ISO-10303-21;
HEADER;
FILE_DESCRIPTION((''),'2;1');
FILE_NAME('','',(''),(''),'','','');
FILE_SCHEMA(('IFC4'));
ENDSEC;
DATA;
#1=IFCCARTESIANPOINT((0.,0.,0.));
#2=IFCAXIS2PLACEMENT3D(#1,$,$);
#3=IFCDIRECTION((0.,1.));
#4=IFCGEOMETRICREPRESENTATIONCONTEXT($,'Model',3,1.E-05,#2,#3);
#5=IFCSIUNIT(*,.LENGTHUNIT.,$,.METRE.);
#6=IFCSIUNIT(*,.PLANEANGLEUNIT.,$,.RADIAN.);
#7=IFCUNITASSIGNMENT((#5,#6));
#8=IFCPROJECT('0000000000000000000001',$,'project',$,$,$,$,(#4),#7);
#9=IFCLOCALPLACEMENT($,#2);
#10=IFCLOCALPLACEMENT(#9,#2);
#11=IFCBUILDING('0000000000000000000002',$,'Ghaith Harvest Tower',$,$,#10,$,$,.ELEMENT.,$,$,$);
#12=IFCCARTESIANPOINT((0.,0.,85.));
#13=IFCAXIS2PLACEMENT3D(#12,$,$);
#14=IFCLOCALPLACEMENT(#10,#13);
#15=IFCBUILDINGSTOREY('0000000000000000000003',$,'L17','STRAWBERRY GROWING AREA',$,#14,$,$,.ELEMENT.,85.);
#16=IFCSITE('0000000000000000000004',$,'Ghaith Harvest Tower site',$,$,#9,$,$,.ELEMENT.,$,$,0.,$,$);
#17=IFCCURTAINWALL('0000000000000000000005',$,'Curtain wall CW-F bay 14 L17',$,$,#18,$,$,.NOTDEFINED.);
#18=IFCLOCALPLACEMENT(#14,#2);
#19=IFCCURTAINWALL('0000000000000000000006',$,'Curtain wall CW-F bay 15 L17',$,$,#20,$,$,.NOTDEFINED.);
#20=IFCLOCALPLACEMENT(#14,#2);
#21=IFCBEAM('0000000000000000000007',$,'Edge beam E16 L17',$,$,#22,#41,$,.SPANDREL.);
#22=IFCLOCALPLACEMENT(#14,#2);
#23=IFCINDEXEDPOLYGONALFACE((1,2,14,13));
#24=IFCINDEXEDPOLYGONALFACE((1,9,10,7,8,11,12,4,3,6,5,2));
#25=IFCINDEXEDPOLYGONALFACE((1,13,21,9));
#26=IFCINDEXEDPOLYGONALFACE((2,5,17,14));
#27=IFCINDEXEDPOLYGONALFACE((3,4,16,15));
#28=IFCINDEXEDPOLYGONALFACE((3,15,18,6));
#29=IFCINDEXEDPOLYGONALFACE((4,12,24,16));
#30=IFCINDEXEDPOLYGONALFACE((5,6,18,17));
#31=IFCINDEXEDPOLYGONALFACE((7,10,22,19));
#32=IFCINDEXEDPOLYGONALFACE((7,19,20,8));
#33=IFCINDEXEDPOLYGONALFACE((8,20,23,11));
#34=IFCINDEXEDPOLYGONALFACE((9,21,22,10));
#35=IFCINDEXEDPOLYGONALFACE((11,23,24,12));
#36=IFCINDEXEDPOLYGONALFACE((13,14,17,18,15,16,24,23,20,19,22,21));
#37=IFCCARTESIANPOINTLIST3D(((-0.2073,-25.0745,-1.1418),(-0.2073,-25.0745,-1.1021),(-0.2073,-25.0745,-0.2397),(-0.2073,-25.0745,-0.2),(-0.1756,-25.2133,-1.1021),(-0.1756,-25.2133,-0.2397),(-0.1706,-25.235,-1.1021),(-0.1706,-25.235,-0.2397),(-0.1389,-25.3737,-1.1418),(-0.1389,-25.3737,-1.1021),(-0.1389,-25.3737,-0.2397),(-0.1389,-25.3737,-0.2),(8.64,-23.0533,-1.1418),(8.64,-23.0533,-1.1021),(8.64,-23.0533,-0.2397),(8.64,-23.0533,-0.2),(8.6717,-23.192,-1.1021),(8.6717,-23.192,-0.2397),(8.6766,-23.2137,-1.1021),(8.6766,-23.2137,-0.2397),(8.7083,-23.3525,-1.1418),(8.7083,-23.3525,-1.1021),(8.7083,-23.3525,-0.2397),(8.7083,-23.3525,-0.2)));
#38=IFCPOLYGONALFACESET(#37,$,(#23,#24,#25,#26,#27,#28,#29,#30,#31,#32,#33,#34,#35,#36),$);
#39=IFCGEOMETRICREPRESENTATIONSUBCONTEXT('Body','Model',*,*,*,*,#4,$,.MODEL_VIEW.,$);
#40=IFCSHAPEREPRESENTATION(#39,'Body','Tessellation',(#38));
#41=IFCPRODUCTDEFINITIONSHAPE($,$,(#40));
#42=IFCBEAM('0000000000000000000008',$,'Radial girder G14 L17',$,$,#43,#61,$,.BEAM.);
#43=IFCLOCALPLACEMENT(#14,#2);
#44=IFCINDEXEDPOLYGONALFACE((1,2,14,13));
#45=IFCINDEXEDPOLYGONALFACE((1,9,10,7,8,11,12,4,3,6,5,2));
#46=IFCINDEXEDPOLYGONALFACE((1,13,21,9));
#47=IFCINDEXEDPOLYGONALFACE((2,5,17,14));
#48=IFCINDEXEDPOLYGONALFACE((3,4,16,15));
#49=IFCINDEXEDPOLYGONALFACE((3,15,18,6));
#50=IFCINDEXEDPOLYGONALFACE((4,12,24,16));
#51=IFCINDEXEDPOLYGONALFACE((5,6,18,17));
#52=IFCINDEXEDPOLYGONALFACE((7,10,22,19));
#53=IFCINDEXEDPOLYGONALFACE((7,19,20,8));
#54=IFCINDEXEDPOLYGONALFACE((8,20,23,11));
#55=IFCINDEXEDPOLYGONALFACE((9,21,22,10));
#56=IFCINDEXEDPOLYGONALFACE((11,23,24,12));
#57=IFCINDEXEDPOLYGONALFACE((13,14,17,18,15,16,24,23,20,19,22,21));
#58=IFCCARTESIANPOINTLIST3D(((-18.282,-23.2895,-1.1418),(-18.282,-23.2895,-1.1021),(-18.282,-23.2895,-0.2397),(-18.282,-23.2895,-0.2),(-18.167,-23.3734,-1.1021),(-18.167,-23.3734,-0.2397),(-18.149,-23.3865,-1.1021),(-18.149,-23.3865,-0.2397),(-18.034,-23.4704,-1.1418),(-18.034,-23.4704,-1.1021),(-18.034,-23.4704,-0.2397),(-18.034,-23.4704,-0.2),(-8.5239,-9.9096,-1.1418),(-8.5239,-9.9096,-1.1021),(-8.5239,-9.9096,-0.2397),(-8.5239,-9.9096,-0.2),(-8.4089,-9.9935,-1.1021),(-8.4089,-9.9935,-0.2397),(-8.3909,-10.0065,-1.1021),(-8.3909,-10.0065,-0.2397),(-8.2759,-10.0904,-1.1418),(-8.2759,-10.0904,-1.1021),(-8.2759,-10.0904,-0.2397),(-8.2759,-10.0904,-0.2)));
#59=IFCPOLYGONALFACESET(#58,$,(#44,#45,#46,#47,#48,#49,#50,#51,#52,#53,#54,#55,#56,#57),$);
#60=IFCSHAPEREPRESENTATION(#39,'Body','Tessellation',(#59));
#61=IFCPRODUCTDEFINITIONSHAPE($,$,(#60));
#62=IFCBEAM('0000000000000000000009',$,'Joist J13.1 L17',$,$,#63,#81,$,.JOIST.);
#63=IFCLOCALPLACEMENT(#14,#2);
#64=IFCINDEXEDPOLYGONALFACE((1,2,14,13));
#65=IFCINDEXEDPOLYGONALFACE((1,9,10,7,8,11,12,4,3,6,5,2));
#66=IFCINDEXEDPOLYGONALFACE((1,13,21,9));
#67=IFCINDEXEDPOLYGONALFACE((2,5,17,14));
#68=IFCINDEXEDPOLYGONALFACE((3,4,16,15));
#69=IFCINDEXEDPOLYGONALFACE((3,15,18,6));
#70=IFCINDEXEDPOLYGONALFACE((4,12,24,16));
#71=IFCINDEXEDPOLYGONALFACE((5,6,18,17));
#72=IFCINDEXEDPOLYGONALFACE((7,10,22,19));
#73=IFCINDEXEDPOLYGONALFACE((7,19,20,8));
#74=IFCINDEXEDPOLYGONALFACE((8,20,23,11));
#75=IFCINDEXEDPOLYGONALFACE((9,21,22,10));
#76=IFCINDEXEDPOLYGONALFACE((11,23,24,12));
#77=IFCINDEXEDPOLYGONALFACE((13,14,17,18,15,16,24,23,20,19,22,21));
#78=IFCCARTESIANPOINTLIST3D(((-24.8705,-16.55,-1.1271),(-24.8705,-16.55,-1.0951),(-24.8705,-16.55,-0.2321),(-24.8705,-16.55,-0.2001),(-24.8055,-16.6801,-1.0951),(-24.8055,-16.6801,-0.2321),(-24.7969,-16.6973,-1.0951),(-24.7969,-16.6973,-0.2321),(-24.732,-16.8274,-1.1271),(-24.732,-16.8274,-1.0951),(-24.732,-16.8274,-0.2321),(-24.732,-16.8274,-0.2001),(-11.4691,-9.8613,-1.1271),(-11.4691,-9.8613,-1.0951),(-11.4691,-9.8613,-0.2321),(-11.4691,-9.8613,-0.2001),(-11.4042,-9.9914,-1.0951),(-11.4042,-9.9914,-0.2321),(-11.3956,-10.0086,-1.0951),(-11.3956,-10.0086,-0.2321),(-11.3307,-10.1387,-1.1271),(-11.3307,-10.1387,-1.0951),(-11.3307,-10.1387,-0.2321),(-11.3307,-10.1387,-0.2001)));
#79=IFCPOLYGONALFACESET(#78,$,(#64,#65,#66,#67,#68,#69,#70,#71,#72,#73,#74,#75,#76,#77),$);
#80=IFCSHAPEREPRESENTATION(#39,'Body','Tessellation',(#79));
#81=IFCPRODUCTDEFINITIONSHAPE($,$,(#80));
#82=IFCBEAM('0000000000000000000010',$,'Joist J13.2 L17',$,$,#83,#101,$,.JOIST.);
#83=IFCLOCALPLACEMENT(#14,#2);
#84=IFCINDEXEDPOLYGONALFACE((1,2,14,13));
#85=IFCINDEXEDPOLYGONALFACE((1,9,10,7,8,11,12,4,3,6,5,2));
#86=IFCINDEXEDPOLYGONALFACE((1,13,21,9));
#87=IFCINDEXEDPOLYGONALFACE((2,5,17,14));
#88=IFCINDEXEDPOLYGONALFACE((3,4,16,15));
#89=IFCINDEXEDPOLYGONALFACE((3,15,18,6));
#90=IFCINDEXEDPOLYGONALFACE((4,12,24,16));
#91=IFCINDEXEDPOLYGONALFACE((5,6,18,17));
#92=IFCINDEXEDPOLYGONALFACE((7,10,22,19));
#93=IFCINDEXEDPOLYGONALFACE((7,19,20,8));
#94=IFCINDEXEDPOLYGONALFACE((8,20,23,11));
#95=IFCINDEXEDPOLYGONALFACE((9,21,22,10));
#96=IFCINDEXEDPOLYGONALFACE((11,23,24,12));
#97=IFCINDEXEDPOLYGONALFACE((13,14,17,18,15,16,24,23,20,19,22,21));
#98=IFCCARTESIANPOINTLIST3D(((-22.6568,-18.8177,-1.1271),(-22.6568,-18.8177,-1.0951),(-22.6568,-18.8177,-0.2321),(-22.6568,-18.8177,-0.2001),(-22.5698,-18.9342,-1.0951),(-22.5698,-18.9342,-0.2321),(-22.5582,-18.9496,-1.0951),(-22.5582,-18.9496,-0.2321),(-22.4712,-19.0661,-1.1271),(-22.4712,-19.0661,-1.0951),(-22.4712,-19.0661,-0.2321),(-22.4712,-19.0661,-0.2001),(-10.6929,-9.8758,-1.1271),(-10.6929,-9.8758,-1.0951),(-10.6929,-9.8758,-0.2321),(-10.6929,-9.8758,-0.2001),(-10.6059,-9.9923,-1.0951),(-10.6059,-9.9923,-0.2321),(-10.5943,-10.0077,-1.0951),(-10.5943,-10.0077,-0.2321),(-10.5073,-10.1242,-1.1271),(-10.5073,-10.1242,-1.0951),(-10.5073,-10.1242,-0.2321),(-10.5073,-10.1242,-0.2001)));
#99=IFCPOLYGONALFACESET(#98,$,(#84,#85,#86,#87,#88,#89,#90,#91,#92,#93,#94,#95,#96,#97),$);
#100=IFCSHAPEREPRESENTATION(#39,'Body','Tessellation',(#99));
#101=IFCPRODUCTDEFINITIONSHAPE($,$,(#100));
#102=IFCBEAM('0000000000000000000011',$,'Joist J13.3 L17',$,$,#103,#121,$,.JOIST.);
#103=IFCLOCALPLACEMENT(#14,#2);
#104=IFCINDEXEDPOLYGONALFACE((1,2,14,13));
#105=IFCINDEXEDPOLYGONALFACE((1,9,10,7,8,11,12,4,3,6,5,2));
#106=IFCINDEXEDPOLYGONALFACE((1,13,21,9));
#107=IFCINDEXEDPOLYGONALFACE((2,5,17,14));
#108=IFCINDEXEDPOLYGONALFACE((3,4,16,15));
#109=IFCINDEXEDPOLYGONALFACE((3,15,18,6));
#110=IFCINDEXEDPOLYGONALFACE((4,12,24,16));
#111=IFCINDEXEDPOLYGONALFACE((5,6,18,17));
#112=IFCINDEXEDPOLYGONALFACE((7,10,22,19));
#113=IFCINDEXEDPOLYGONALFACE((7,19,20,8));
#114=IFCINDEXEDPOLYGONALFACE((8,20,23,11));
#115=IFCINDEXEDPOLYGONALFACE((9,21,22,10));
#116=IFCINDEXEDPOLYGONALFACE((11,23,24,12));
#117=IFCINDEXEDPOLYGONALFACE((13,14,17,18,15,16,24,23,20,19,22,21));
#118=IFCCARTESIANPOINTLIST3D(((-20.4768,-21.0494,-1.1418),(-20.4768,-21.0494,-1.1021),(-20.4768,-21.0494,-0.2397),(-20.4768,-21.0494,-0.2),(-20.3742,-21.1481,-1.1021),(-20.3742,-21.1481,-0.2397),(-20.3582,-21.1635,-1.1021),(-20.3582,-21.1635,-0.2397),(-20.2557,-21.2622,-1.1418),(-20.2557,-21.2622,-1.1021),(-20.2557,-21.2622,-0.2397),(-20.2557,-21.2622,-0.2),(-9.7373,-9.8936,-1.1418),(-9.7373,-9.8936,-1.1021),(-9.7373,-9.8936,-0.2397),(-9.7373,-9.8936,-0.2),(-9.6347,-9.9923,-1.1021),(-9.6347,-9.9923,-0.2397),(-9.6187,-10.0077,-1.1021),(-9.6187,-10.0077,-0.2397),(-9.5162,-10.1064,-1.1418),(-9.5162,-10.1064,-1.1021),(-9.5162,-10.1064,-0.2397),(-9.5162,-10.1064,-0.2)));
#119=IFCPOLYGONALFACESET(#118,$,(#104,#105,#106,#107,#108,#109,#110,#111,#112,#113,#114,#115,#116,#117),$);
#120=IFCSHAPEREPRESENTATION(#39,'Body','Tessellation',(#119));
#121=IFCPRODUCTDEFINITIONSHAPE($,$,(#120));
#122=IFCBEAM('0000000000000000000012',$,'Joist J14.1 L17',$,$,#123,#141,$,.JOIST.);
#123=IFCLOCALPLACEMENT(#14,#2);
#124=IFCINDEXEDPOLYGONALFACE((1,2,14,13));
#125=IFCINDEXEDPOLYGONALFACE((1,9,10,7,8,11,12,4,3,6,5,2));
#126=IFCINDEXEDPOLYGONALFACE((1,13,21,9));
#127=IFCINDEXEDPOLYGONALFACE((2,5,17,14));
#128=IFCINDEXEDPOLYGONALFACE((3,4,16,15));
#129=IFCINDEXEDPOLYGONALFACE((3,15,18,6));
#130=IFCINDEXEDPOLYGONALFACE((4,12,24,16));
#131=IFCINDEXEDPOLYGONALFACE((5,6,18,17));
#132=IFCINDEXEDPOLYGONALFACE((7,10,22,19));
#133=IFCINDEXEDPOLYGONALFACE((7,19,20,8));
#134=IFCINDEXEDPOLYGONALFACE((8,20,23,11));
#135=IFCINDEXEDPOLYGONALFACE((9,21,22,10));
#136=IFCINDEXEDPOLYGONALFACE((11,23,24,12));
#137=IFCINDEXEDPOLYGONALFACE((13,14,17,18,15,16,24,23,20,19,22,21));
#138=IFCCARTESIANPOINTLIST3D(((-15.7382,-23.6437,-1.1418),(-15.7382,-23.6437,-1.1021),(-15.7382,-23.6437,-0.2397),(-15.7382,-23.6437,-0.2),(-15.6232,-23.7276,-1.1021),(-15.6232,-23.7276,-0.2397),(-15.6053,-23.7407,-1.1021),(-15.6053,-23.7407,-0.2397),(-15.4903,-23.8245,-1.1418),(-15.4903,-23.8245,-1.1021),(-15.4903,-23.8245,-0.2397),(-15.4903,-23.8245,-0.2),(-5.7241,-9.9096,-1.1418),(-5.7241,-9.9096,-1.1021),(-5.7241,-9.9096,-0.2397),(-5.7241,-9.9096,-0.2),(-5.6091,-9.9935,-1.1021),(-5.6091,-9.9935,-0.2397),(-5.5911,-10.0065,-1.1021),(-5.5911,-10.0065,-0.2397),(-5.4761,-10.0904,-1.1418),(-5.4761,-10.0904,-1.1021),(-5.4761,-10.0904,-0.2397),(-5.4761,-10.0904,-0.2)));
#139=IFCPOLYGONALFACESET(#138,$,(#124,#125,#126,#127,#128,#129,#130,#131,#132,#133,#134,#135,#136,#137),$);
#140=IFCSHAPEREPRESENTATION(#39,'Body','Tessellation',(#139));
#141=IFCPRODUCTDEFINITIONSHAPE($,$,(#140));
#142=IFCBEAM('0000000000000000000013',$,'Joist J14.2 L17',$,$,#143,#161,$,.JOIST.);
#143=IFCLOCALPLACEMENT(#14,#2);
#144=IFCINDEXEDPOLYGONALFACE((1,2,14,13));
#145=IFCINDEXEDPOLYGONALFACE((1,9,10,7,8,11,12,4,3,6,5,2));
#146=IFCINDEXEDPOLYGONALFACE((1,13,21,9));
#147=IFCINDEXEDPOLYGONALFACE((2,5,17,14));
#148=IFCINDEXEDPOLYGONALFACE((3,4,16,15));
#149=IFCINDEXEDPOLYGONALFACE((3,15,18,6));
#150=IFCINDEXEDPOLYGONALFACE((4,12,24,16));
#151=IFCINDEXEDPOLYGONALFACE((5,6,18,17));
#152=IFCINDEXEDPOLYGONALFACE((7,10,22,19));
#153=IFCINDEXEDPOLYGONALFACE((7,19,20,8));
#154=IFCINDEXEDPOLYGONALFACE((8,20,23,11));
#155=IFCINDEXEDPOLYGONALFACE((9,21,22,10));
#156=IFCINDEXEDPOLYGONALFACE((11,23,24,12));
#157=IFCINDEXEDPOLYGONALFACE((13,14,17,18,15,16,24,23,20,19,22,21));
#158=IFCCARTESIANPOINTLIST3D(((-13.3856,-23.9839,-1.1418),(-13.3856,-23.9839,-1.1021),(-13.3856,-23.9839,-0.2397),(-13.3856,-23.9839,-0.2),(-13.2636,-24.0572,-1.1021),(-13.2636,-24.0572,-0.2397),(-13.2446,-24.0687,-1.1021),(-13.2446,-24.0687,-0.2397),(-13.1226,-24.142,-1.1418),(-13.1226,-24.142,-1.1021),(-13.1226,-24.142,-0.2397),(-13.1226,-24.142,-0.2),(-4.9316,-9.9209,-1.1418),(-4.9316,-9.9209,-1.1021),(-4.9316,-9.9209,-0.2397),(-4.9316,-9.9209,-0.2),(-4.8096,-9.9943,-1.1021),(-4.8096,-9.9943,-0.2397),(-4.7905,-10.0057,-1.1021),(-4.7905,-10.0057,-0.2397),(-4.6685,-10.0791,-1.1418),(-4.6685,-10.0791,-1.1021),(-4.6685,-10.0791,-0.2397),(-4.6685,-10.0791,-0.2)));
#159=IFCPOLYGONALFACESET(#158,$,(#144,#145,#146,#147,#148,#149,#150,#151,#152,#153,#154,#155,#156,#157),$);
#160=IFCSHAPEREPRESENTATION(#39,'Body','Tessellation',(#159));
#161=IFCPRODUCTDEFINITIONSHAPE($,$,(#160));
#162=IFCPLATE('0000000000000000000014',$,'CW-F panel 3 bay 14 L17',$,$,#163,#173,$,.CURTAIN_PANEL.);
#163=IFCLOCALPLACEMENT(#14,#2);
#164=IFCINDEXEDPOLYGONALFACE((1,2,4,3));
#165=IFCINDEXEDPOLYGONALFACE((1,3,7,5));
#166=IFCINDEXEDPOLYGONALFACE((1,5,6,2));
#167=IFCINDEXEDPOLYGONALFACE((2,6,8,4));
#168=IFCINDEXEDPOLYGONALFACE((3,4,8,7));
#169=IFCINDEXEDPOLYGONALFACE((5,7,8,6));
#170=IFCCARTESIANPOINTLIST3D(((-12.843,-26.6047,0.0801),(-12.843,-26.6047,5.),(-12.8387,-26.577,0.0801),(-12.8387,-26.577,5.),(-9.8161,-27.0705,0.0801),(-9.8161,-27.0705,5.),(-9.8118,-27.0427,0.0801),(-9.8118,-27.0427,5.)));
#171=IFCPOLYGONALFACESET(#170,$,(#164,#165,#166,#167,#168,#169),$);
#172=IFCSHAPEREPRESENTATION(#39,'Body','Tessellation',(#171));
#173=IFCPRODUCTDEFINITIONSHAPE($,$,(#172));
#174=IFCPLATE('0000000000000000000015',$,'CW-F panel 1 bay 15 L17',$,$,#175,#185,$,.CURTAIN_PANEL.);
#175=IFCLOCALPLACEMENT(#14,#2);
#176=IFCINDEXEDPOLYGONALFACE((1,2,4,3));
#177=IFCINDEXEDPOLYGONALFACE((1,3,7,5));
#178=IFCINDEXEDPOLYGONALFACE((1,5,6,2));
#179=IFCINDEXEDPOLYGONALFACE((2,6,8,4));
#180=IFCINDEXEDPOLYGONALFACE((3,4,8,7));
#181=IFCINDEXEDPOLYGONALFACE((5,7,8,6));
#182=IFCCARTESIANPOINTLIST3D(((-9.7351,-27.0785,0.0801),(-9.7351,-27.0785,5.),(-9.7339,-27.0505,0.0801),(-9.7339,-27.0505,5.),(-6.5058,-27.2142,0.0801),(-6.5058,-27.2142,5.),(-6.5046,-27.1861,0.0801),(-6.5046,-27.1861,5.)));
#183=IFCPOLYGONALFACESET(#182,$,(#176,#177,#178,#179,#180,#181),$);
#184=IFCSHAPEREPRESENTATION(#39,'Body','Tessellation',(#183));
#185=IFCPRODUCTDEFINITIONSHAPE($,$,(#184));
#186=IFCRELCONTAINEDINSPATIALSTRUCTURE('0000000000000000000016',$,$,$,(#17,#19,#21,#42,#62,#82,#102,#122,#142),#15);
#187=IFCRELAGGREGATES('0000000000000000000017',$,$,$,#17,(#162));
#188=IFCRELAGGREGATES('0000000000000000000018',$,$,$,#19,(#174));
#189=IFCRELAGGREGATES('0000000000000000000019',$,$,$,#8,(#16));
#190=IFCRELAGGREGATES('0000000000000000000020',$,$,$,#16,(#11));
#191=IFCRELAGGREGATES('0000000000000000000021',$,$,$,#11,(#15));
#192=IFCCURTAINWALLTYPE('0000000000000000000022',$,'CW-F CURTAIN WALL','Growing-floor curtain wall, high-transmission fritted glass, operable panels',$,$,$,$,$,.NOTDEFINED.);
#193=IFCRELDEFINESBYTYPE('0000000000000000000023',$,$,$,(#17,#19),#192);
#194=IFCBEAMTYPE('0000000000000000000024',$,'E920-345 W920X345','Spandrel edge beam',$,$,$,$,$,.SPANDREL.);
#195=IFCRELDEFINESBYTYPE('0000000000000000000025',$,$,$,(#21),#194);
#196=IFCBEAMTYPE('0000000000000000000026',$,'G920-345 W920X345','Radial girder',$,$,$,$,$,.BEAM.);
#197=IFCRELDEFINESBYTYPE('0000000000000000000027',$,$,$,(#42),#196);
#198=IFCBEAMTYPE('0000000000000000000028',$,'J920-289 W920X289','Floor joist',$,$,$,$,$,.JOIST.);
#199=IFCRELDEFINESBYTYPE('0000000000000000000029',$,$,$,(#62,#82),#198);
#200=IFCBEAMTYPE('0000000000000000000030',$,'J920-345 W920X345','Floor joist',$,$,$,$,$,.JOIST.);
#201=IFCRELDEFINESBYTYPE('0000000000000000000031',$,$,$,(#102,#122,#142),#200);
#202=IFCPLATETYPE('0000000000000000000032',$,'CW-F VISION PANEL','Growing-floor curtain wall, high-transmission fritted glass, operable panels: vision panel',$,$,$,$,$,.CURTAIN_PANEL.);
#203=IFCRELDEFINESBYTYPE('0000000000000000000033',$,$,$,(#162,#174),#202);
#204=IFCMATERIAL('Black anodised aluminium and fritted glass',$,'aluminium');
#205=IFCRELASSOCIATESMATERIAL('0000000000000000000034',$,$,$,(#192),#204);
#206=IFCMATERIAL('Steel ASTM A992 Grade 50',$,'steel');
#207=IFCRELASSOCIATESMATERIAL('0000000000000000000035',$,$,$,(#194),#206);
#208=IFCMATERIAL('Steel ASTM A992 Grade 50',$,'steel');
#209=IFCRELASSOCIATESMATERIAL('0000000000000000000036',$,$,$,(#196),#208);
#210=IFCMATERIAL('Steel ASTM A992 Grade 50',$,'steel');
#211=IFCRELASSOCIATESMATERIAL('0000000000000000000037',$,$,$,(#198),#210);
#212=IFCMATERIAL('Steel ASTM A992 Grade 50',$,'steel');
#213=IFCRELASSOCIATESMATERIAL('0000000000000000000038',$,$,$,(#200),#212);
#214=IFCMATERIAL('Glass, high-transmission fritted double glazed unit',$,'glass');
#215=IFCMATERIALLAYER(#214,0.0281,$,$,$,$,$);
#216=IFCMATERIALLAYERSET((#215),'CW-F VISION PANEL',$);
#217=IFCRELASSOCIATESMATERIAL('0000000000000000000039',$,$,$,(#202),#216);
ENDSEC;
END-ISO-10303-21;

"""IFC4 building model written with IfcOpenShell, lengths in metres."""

from ifc_helpers import new_model, si_unit, direction, frame, origin, origin_2d, place, context, subcontext, project, spatial, rectangle, i_section, extrude, material, layer, layer_set, material_profile, profile_set, type_object, element, aggregate, save


model = new_model("IFC4")

# Units and contexts
model_context = context("Model", 3, precision=1e-05, world=origin(), true_north=direction((0.0, 1.0)))
body_context = subcontext(model_context, "Body", "Model", "MODEL_VIEW")
ifc_project = project(units=[si_unit("LENGTHUNIT", "METRE"), si_unit("PLANEANGLEUNIT", "RADIAN")], contexts=[model_context])

# Site, building, storey
site_placement = place(None, origin())
site = spatial("IfcSite", under=ifc_project, at=site_placement, Name="Ghaith Harvest Tower site", CompositionType="ELEMENT", RefElevation=0.0)
building_placement = place(site_placement, origin())
building = spatial("IfcBuilding", under=site, at=building_placement, Name="Ghaith Harvest Tower", CompositionType="ELEMENT")
storey_placement = place(building_placement, frame((0.0, 0.0, 85.0)))
storey = spatial("IfcBuildingStorey", under=building, at=storey_placement, Name="L17", Description="STRAWBERRY GROWING AREA", CompositionType="ELEMENT", Elevation=85.0)

# Curtain wall
ifc_material_1 = material(Name="Black anodised aluminium and fritted glass", Category="aluminium")
curtain_wall_type = type_object("IfcCurtainWallType", Name="CW-F CURTAIN WALL", Description="Growing-floor curtain wall, high-transmission fritted glass, operable panels", PredefinedType="NOTDEFINED", material=ifc_material_1)
curtain_wall_1_placement = place(storey_placement, origin())
curtain_wall_1 = element("IfcCurtainWall", 1, at=curtain_wall_1_placement, inside=storey, type_object=curtain_wall_type, Name="Curtain wall CW-F bay 14 L17", PredefinedType="NOTDEFINED")

# Curtain wall
curtain_wall_2_placement = place(storey_placement, origin())
curtain_wall_2 = element("IfcCurtainWall", 2, at=curtain_wall_2_placement, inside=storey, type_object=curtain_wall_type, Name="Curtain wall CW-F bay 15 L17", PredefinedType="NOTDEFINED")

# Beams
ifc_material_2 = material(Name="Steel ASTM A992 Grade 50", Category="steel")
ifc_material_profile_1 = material_profile(ifc_material_2, i_section(OverallWidth=0.3069, OverallDepth=0.9419, WebThickness=0.0222, FlangeThickness=0.0398, at=origin_2d()), Name="W920X345")
ifc_profile_set_1 = profile_set([ifc_material_profile_1], Name="Steel ASTM A992 Grade 50")
beam_type_1 = type_object("IfcBeamType", Name="E920-345 W920X345", Description="Spandrel edge beam", PredefinedType="SPANDREL", material=ifc_profile_set_1)
beam_1_placement = place(storey_placement, frame((-0.1731, -25.2241, -0.6709), z_axis=(0.974882, 0.222723, 0.0), x_axis=(-0.222723, 0.974882, 0.0)))
element("IfcBeam", 3, at=beam_1_placement, inside=storey, type_object=beam_type_1, Name="Edge beam E16 L17", PredefinedType="SPANDREL", context=body_context, shape_type="SweptSolid", body=[
    extrude(i_section(OverallWidth=0.3069, OverallDepth=0.9419, WebThickness=0.0222, FlangeThickness=0.0398, at=origin_2d()), origin(), (0.0, 0.0, 1.0), 9.0752),
])
ifc_material_3 = material(Name="Steel ASTM A992 Grade 50", Category="steel")
ifc_material_profile_2 = material_profile(ifc_material_3, i_section(OverallWidth=0.3069, OverallDepth=0.9419, WebThickness=0.0222, FlangeThickness=0.0398, at=origin_2d()), Name="W920X345")
ifc_profile_set_2 = profile_set([ifc_material_profile_2], Name="Steel ASTM A992 Grade 50")
beam_type_2 = type_object("IfcBeamType", Name="G920-345 W920X345", Description="Radial girder", PredefinedType="BEAM", material=ifc_profile_set_2)
beam_2_placement = place(storey_placement, frame((-8.3999, -10.0, -0.6709), z_axis=(-0.589247, -0.807953, 0.0), x_axis=(0.807953, -0.589247, 0.0)))
element("IfcBeam", 4, at=beam_2_placement, inside=storey, type_object=beam_type_2, Name="Radial girder G14 L17", PredefinedType="BEAM", context=body_context, shape_type="SweptSolid", body=[
    extrude(i_section(OverallWidth=0.3069, OverallDepth=0.9419, WebThickness=0.0222, FlangeThickness=0.0398, at=origin_2d()), origin(), (0.0, 0.0, 1.0), 16.5603),
])
ifc_material_4 = material(Name="Steel ASTM A992 Grade 50", Category="steel")
ifc_material_profile_3 = material_profile(ifc_material_4, i_section(OverallWidth=0.3101, OverallDepth=0.927, WebThickness=0.0193, FlangeThickness=0.032, at=origin_2d()), Name="W920X289")
ifc_profile_set_3 = profile_set([ifc_material_profile_3], Name="Steel ASTM A992 Grade 50")
beam_type_3 = type_object("IfcBeamType", Name="J920-289 W920X289", Description="Floor joist", PredefinedType="JOIST", material=ifc_profile_set_3)
beam_3_placement = place(storey_placement, frame((-11.3999, -10.0, -0.6636), z_axis=(-0.894746, -0.446575, 0.0), x_axis=(0.446575, -0.894746, 0.0)))
element("IfcBeam", 5, at=beam_3_placement, inside=storey, type_object=beam_type_3, Name="Joist J13.1 L17", PredefinedType="JOIST", context=body_context, shape_type="SweptSolid", body=[
    extrude(i_section(OverallWidth=0.3101, OverallDepth=0.927, WebThickness=0.0193, FlangeThickness=0.032, at=origin_2d()), origin(), (0.0, 0.0, 1.0), 14.9778),
])
beam_4_placement = place(storey_placement, frame((-10.6001, -10.0, -0.6636), z_axis=(-0.800995, -0.598671, 0.0), x_axis=(0.598671, -0.800995, 0.0)))
element("IfcBeam", 6, at=beam_4_placement, inside=storey, type_object=beam_type_3, Name="Joist J13.2 L17", PredefinedType="JOIST", context=body_context, shape_type="SweptSolid", body=[
    extrude(i_section(OverallWidth=0.3101, OverallDepth=0.927, WebThickness=0.0193, FlangeThickness=0.032, at=origin_2d()), origin(), (0.0, 0.0, 1.0), 14.9363),
])
ifc_material_5 = material(Name="Steel ASTM A992 Grade 50", Category="steel")
ifc_material_profile_4 = material_profile(ifc_material_5, i_section(OverallWidth=0.3069, OverallDepth=0.9419, WebThickness=0.0222, FlangeThickness=0.0398, at=origin_2d()), Name="W920X345")
ifc_profile_set_4 = profile_set([ifc_material_profile_4], Name="Steel ASTM A992 Grade 50")
beam_type_4 = type_object("IfcBeamType", Name="J920-345 W920X345", Description="Floor joist", PredefinedType="JOIST", material=ifc_profile_set_4)
beam_5_placement = place(storey_placement, frame((-9.6267, -10.0, -0.6709), z_axis=(-0.693538, -0.72042, 0.0), x_axis=(0.72042, -0.693538, 0.0)))
element("IfcBeam", 7, at=beam_5_placement, inside=storey, type_object=beam_type_4, Name="Joist J13.3 L17", PredefinedType="JOIST", context=body_context, shape_type="SweptSolid", body=[
    extrude(i_section(OverallWidth=0.3069, OverallDepth=0.9419, WebThickness=0.0222, FlangeThickness=0.0398, at=origin_2d()), origin(), (0.0, 0.0, 1.0), 15.4851),
])
beam_6_placement = place(storey_placement, frame((-5.6001, -10.0, -0.6709), z_axis=(-0.58916, -0.808016, 0.0), x_axis=(0.808016, -0.58916, 0.0)))
element("IfcBeam", 8, at=beam_6_placement, inside=storey, type_object=beam_type_4, Name="Joist J14.1 L17", PredefinedType="JOIST", context=body_context, shape_type="SweptSolid", body=[
    extrude(i_section(OverallWidth=0.3069, OverallDepth=0.9419, WebThickness=0.0222, FlangeThickness=0.0398, at=origin_2d()), origin(), (0.0, 0.0, 1.0), 16.9973),
])
beam_7_placement = place(storey_placement, frame((-4.8, -10.0, -0.6709), z_axis=(-0.515226, -0.857054, 0.0), x_axis=(0.857054, -0.515226, 0.0)))
element("IfcBeam", 9, at=beam_7_placement, inside=storey, type_object=beam_type_4, Name="Joist J14.2 L17", PredefinedType="JOIST", context=body_context, shape_type="SweptSolid", body=[
    extrude(i_section(OverallWidth=0.3069, OverallDepth=0.9419, WebThickness=0.0222, FlangeThickness=0.0398, at=origin_2d()), origin(), (0.0, 0.0, 1.0), 16.4084),
])

# Plates
ifc_material_6 = material(Name="Glass, high-transmission fritted double glazed unit", Category="glass")
ifc_layer_1 = layer(ifc_material_6, 0.0281)
ifc_layer_set_1 = layer_set([ifc_layer_1], Name="CW-F VISION PANEL")
plate_type = type_object("IfcPlateType", Name="CW-F VISION PANEL", Description="Growing-floor curtain wall, high-transmission fritted glass, operable panels: vision panel", PredefinedType="CURTAIN_PANEL", material=ifc_layer_set_1)
plate_1_placement = place(storey_placement, frame((-11.3274, -26.8237, 0.0801), z_axis=(0.0, 0.0, 1.0), x_axis=(0.98837, -0.152069, 0.0)))
plate_1 = element("IfcPlate", 10, at=plate_1_placement, type_object=plate_type, Name="CW-F panel 3 bay 14 L17", PredefinedType="CURTAIN_PANEL", context=body_context, shape_type="SweptSolid", body=[
    extrude(rectangle(XDim=3.0625, YDim=0.0281, at=origin_2d()), origin(), (0.0, 0.0, 1.0), 4.9199),
])
aggregate(curtain_wall_1, [plate_1])
plate_2_placement = place(storey_placement, frame((-8.1199, -27.1323, 0.0801), z_axis=(0.0, 0.0, 1.0), x_axis=(0.999119, -0.041967, 0.0)))
plate_2 = element("IfcPlate", 11, at=plate_2_placement, type_object=plate_type, Name="CW-F panel 1 bay 15 L17", PredefinedType="CURTAIN_PANEL", context=body_context, shape_type="SweptSolid", body=[
    extrude(rectangle(XDim=3.2322, YDim=0.0281, at=origin_2d()), origin(), (0.0, 0.0, 1.0), 4.9199),
])
aggregate(curtain_wall_2, [plate_2])

save(model, "model.ifc")
